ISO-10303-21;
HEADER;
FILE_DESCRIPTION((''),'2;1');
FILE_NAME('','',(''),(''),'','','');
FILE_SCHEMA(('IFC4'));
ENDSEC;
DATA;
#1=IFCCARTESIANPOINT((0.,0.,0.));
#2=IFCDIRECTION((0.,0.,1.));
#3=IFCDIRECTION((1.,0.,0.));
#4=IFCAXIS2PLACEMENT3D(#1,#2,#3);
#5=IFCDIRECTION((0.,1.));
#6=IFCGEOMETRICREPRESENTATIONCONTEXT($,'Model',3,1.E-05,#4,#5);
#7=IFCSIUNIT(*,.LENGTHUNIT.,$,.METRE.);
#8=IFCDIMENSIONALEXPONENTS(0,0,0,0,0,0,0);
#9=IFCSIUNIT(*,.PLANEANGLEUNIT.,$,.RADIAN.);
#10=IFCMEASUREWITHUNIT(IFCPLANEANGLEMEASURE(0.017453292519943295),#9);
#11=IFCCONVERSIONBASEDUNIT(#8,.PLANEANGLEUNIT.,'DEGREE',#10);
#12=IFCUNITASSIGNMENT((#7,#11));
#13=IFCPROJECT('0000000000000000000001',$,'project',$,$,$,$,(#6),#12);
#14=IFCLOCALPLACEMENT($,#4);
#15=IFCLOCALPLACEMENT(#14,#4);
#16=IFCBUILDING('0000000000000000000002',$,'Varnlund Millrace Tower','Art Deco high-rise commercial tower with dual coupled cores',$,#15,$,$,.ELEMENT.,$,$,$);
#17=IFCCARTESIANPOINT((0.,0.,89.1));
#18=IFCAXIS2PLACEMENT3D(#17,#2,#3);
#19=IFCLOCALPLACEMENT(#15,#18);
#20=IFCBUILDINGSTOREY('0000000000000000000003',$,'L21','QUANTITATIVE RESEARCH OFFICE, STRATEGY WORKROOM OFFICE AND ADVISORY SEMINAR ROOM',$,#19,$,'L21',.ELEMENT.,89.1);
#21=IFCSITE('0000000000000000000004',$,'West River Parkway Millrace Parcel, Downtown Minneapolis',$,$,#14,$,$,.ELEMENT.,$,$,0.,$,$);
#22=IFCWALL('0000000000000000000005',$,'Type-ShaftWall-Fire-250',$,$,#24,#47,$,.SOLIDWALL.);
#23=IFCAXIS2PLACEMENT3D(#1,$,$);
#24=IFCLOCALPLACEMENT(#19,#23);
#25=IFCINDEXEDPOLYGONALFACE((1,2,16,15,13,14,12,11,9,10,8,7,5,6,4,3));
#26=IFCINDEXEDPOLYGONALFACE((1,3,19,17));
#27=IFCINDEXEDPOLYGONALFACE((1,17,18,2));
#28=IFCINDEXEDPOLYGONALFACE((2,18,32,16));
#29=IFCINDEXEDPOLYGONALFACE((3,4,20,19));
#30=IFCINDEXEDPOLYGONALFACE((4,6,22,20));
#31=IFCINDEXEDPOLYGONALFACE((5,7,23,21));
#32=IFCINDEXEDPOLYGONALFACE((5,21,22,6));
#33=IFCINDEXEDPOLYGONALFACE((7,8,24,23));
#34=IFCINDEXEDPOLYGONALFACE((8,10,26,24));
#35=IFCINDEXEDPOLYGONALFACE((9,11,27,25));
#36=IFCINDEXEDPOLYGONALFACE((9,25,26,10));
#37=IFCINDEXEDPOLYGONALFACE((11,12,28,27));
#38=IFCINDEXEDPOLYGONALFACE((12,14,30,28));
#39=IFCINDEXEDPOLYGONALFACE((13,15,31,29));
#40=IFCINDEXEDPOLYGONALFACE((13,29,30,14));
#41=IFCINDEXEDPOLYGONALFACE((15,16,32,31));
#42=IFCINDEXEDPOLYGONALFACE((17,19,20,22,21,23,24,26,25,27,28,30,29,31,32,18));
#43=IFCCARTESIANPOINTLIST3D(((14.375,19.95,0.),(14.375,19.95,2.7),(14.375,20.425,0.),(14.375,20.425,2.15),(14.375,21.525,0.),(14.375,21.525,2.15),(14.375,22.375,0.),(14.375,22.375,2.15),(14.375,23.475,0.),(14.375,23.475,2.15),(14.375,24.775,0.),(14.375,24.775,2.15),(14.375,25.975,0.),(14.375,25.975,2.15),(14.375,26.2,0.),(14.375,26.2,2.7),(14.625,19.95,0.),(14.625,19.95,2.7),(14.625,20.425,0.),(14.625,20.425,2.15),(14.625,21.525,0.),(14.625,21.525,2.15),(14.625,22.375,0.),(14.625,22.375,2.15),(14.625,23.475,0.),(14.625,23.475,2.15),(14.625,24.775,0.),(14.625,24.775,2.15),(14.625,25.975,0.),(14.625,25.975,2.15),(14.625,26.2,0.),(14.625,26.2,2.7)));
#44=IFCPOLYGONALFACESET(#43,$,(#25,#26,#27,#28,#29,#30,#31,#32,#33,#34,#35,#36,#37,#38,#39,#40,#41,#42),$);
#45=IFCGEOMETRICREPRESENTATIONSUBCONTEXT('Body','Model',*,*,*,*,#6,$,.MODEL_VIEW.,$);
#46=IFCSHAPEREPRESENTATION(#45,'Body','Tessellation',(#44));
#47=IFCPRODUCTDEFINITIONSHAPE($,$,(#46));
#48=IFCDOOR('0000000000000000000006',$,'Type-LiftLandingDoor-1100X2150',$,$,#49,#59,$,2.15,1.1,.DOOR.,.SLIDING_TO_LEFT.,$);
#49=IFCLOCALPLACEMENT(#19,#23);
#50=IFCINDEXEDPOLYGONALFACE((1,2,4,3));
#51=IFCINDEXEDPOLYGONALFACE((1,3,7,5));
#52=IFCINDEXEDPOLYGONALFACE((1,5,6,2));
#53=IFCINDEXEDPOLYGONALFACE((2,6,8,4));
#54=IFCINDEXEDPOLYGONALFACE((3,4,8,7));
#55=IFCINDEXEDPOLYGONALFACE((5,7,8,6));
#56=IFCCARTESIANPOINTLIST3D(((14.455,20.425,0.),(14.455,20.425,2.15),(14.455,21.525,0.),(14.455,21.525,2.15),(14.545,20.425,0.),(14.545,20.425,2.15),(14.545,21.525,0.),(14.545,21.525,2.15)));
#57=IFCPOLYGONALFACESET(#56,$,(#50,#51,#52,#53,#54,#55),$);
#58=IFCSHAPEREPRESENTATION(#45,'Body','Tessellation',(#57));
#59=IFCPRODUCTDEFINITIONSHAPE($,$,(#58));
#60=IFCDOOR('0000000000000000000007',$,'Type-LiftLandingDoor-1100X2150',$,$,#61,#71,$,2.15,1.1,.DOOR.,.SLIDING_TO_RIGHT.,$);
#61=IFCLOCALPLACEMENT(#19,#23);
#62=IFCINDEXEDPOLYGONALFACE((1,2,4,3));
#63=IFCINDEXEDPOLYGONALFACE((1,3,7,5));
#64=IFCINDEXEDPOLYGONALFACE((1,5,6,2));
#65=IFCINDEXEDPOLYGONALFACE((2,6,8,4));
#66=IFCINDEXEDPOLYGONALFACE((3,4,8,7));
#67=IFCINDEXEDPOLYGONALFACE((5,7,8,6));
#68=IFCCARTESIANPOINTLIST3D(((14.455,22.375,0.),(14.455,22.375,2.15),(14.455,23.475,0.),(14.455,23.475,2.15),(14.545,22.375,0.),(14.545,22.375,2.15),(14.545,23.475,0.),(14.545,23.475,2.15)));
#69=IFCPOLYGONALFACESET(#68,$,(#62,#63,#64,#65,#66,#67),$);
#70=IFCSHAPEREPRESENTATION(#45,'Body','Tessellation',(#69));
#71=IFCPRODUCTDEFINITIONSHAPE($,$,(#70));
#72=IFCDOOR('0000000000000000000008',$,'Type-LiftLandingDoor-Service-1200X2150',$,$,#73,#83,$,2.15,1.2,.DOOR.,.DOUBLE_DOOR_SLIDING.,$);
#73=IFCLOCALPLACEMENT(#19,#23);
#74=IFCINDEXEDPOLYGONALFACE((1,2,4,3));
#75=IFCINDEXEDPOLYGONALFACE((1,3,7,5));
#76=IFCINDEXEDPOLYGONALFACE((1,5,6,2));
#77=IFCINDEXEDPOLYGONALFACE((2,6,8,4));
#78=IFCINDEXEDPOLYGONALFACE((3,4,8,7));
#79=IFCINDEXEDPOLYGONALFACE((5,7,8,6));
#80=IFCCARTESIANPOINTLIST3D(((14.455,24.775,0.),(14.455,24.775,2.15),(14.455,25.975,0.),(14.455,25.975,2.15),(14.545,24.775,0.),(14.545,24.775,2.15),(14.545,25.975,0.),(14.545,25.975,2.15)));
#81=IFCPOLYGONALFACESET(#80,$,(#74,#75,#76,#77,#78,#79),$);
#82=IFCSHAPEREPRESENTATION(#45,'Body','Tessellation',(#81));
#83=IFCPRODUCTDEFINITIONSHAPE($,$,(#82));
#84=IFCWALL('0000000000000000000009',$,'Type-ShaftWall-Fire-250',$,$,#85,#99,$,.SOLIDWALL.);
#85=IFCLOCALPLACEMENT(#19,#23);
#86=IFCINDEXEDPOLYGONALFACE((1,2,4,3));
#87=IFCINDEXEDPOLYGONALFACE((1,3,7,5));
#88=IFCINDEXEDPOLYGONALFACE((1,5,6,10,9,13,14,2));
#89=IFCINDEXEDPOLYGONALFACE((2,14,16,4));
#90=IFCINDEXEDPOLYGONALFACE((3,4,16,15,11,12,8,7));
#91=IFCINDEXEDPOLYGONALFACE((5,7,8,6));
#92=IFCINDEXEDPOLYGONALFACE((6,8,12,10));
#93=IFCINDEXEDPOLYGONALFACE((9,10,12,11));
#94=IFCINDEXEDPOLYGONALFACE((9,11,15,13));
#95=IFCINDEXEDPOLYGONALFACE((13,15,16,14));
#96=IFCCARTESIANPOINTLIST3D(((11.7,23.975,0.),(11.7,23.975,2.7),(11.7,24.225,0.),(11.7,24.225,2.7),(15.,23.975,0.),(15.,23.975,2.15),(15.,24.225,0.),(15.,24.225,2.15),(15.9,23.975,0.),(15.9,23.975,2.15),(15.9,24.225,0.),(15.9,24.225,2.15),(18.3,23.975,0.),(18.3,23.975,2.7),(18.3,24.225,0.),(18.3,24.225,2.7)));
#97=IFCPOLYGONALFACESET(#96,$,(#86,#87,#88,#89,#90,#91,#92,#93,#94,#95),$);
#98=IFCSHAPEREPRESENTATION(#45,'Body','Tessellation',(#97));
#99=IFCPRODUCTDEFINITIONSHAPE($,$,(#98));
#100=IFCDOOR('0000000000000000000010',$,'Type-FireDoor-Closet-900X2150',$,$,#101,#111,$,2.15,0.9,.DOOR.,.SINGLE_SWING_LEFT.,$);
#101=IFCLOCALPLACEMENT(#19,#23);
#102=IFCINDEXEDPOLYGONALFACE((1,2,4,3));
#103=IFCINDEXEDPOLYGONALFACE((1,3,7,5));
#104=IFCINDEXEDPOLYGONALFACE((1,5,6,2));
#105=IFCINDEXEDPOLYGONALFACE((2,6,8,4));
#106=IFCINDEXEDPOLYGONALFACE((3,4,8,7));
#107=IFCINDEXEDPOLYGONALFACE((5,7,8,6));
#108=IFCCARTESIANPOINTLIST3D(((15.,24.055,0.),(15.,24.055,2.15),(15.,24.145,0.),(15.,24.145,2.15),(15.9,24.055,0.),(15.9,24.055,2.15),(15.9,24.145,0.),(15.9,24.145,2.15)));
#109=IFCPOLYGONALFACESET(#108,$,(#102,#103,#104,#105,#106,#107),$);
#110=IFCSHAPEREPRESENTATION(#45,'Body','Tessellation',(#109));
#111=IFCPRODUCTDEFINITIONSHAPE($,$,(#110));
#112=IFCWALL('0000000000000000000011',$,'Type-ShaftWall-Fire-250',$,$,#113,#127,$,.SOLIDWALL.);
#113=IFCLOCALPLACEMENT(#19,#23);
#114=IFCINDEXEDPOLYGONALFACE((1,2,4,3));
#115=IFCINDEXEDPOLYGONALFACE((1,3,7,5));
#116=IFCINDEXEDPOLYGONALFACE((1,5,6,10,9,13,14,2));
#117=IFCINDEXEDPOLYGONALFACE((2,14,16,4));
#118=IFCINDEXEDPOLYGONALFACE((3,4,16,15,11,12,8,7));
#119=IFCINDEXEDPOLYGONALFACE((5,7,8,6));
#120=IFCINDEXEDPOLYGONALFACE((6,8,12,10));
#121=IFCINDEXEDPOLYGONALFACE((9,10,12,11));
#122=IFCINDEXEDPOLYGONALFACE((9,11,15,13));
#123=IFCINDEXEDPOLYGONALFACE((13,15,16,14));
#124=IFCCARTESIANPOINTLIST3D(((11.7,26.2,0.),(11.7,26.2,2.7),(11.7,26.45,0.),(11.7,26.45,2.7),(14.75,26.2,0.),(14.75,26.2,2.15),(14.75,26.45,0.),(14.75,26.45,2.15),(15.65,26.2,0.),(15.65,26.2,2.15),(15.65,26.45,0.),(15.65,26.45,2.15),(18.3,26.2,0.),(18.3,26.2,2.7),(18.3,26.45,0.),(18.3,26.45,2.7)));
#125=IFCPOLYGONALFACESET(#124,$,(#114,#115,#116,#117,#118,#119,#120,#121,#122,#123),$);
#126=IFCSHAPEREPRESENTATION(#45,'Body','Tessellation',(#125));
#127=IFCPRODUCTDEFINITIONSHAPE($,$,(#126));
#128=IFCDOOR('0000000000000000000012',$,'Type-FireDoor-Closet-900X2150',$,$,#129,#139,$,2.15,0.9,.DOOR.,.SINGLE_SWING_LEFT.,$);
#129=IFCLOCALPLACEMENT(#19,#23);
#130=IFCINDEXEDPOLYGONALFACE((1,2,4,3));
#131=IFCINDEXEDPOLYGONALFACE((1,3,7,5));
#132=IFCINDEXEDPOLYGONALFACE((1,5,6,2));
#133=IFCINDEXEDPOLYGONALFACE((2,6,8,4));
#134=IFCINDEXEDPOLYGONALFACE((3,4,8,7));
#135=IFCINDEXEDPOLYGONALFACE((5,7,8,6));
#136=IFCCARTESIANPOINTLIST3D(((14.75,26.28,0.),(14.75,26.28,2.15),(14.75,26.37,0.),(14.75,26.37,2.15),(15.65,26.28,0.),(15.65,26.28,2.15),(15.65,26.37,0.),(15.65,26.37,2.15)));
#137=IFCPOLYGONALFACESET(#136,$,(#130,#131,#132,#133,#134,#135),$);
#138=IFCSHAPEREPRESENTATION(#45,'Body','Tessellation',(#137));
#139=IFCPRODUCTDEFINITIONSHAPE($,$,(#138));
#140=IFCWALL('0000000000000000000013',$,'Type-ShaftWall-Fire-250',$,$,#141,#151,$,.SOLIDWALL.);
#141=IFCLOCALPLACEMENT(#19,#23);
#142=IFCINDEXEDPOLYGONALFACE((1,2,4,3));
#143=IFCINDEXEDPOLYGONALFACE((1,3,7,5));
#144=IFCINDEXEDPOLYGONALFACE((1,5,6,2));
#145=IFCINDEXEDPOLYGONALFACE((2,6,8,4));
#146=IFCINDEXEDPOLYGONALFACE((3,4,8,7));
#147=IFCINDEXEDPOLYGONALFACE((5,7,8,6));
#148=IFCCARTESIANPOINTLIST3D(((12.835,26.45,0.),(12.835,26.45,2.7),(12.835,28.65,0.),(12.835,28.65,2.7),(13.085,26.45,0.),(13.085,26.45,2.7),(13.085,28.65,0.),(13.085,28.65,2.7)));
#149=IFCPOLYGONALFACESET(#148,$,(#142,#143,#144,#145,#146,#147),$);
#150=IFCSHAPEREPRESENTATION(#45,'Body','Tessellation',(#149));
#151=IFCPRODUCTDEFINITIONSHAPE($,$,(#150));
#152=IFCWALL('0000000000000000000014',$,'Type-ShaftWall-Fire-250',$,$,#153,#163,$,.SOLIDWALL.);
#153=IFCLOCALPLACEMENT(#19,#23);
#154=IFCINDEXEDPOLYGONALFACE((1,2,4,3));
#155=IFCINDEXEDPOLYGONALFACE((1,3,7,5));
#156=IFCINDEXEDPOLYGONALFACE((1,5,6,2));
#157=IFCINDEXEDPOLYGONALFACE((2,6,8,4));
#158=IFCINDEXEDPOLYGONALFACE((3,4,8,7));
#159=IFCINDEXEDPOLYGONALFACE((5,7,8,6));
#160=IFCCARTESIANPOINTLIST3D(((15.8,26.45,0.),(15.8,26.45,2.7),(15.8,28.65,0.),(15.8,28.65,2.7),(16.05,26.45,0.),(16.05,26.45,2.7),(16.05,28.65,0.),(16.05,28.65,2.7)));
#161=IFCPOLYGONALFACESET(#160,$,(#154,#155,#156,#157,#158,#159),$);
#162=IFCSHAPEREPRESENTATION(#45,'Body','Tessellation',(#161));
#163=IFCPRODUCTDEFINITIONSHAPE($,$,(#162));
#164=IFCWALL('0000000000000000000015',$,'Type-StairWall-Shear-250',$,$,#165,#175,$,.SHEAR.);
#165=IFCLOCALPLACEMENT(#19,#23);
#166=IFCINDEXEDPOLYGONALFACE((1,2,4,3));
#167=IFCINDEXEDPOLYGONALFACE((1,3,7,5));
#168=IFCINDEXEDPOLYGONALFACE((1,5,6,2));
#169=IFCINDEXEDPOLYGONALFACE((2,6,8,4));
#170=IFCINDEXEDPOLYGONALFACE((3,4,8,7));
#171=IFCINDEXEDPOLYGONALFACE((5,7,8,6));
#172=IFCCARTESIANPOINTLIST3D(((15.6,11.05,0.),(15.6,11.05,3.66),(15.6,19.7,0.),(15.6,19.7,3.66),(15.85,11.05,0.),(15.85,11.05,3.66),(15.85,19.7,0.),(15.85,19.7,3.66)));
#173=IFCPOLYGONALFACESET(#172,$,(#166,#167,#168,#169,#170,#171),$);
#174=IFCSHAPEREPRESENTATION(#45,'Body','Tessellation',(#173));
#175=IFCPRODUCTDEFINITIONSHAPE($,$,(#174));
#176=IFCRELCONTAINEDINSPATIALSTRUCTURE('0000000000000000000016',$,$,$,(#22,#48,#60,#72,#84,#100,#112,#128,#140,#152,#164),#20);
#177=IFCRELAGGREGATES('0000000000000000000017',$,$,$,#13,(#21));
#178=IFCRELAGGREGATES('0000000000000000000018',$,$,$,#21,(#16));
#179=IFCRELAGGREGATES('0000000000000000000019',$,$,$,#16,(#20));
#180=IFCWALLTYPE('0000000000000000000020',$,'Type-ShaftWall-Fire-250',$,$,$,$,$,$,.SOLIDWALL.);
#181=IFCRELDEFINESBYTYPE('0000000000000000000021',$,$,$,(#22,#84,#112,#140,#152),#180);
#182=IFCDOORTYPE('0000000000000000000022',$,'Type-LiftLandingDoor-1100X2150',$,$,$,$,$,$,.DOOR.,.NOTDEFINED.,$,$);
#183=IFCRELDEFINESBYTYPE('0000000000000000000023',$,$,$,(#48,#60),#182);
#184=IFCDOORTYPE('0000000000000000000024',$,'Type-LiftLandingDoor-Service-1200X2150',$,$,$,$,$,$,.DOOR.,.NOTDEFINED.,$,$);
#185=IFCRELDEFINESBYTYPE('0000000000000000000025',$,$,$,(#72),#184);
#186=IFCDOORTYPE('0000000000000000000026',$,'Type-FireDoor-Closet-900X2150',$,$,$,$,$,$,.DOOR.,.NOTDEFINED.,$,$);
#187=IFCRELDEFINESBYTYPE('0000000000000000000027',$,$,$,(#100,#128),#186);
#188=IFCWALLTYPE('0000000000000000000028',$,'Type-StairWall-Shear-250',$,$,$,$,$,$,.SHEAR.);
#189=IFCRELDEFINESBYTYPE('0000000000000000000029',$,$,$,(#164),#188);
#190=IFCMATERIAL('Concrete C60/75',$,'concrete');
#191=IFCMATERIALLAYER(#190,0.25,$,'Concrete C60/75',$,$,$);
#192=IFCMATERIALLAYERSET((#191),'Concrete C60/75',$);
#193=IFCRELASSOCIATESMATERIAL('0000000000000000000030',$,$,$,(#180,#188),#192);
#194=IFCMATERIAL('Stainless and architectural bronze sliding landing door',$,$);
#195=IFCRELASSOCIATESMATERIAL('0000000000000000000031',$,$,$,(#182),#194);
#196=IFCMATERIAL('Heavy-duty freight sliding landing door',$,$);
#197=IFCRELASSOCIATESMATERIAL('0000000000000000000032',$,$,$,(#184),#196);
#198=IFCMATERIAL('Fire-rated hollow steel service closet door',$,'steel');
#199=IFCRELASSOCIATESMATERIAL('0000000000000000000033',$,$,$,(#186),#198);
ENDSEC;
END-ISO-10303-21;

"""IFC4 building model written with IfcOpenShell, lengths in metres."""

from ifc_helpers import new_model, entity, si_unit, converted_unit, direction, frame, origin_with_axes, origin_2d_with_axis, place, context, subcontext, project, spatial, polyline, rectangle, outline, extrude, material, layer, layer_set, type_object, element, fill, save


model = new_model("IFC4")

# Units and contexts
model_context = context("Model", 3, precision=1e-05, world=origin_with_axes(), true_north=direction((0.0, 1.0)))
body_context = subcontext(model_context, "Body", "Model", "MODEL_VIEW")
ifc_project = project(units=[si_unit("LENGTHUNIT", "METRE"), converted_unit("PLANEANGLEUNIT", "DEGREE", entity("IfcPlaneAngleMeasure", 0.017453292519943295), si_unit("PLANEANGLEUNIT", "RADIAN"), dimensions=[0, 0, 0, 0, 0, 0, 0])], contexts=[model_context])

# Site, building, storey
site_placement = place(None, origin_with_axes())
site = spatial("IfcSite", under=ifc_project, at=site_placement, Name="West River Parkway Millrace Parcel, Downtown Minneapolis", CompositionType="ELEMENT", RefElevation=0.0)
building_placement = place(site_placement, origin_with_axes())
building = spatial("IfcBuilding", under=site, at=building_placement, Name="Varnlund Millrace Tower", Description="Art Deco high-rise commercial tower with dual coupled cores", CompositionType="ELEMENT")
storey_placement = place(building_placement, frame((0.0, 0.0, 89.1), z_axis=(0.0, 0.0, 1.0), x_axis=(1.0, 0.0, 0.0)))
storey = spatial("IfcBuildingStorey", under=building, at=storey_placement, Name="L21", Description="QUANTITATIVE RESEARCH OFFICE, STRATEGY WORKROOM OFFICE AND ADVISORY SEMINAR ROOM", LongName="L21", CompositionType="ELEMENT", Elevation=89.1)

# Wall, openings, doors
ifc_material_1 = material(Name="Concrete C60/75", Category="concrete")
ifc_layer_1 = layer(ifc_material_1, 0.25, Name="Concrete C60/75")
ifc_layer_set_1 = layer_set([ifc_layer_1], Name="Concrete C60/75")
wall_type_1 = type_object("IfcWallType", Name="Type-ShaftWall-Fire-250", PredefinedType="SOLIDWALL", material=ifc_layer_set_1)
wall_1_placement = place(storey_placement, frame((14.5, 19.95, 0.0), z_axis=(0.0, 0.0, 1.0), x_axis=(0.0, 1.0, 0.0)))
wall_1 = element("IfcWall", 1, at=wall_1_placement, inside=storey, type_object=wall_type_1, Name="Type-ShaftWall-Fire-250", PredefinedType="SOLIDWALL", context=body_context, shape_type="SweptSolid", body=[
    extrude(outline(polyline([(0.0, -0.125), (6.25, -0.125), (6.25, 0.125), (0.0, 0.125), (0.0, -0.125)])), origin_with_axes(), (0.0, 0.0, 1.0), 2.7),
])
opening_1_placement = place(wall_1_placement, frame((1.025, 0.0, 0.0), z_axis=(0.0, 0.0, 1.0), x_axis=(1.0, 0.0, 0.0)))
opening_1 = element("IfcOpeningElement", 2, at=opening_1_placement, cuts=wall_1, PredefinedType="OPENING", context=body_context, shape_type="SweptSolid", body=[
    extrude(rectangle(XDim=1.1, YDim=0.27, at=origin_2d_with_axis()), origin_with_axes(), (0.0, 0.0, 1.0), 2.15),
])
opening_2_placement = place(wall_1_placement, frame((2.975, 0.0, 0.0), z_axis=(0.0, 0.0, 1.0), x_axis=(1.0, 0.0, 0.0)))
opening_2 = element("IfcOpeningElement", 3, at=opening_2_placement, cuts=wall_1, PredefinedType="OPENING", context=body_context, shape_type="SweptSolid", body=[
    extrude(rectangle(XDim=1.1, YDim=0.27, at=origin_2d_with_axis()), origin_with_axes(), (0.0, 0.0, 1.0), 2.15),
])
opening_3_placement = place(wall_1_placement, frame((5.425, 0.0, 0.0), z_axis=(0.0, 0.0, 1.0), x_axis=(1.0, 0.0, 0.0)))
opening_3 = element("IfcOpeningElement", 4, at=opening_3_placement, cuts=wall_1, PredefinedType="OPENING", context=body_context, shape_type="SweptSolid", body=[
    extrude(rectangle(XDim=1.2, YDim=0.27, at=origin_2d_with_axis()), origin_with_axes(), (0.0, 0.0, 1.0), 2.15),
])
ifc_material_2 = material(Name="Stainless and architectural bronze sliding landing door")
door_type_1 = type_object("IfcDoorType", Name="Type-LiftLandingDoor-1100X2150", OperationType="NOTDEFINED", PredefinedType="DOOR", material=ifc_material_2)
door_1_placement = place(wall_1_placement, frame((1.025, 0.0, 0.0), z_axis=(0.0, 0.0, 1.0), x_axis=(1.0, 0.0, 0.0)))
door_1 = element("IfcDoor", 5, at=door_1_placement, inside=storey, type_object=door_type_1, Name="Type-LiftLandingDoor-1100X2150", OperationType="SLIDING_TO_LEFT", OverallHeight=2.15, OverallWidth=1.1, PredefinedType="DOOR", context=body_context, shape_type="SweptSolid", body=[
    extrude(rectangle(XDim=1.1, YDim=0.09, at=origin_2d_with_axis()), origin_with_axes(), (0.0, 0.0, 1.0), 2.15),
])
fill(opening_1, door_1)
door_2_placement = place(wall_1_placement, frame((2.975, 0.0, 0.0), z_axis=(0.0, 0.0, 1.0), x_axis=(1.0, 0.0, 0.0)))
door_2 = element("IfcDoor", 6, at=door_2_placement, inside=storey, type_object=door_type_1, Name="Type-LiftLandingDoor-1100X2150", OperationType="SLIDING_TO_RIGHT", OverallHeight=2.15, OverallWidth=1.1, PredefinedType="DOOR", context=body_context, shape_type="SweptSolid", body=[
    extrude(rectangle(XDim=1.1, YDim=0.09, at=origin_2d_with_axis()), origin_with_axes(), (0.0, 0.0, 1.0), 2.15),
])
fill(opening_2, door_2)
ifc_material_3 = material(Name="Heavy-duty freight sliding landing door")
door_type_2 = type_object("IfcDoorType", Name="Type-LiftLandingDoor-Service-1200X2150", OperationType="NOTDEFINED", PredefinedType="DOOR", material=ifc_material_3)
door_3_placement = place(wall_1_placement, frame((5.425, 0.0, 0.0), z_axis=(0.0, 0.0, 1.0), x_axis=(1.0, 0.0, 0.0)))
door_3 = element("IfcDoor", 7, at=door_3_placement, inside=storey, type_object=door_type_2, Name="Type-LiftLandingDoor-Service-1200X2150", OperationType="DOUBLE_DOOR_SLIDING", OverallHeight=2.15, OverallWidth=1.2, PredefinedType="DOOR", context=body_context, shape_type="SweptSolid", body=[
    extrude(rectangle(XDim=1.2, YDim=0.09, at=origin_2d_with_axis()), origin_with_axes(), (0.0, 0.0, 1.0), 2.15),
])
fill(opening_3, door_3)

# Walls, openings, doors
wall_2_placement = place(storey_placement, frame((11.7, 24.1, 0.0), z_axis=(0.0, 0.0, 1.0), x_axis=(1.0, 0.0, 0.0)))
wall_2 = element("IfcWall", 8, at=wall_2_placement, inside=storey, type_object=wall_type_1, Name="Type-ShaftWall-Fire-250", PredefinedType="SOLIDWALL", context=body_context, shape_type="SweptSolid", body=[
    extrude(outline(polyline([(0.0, -0.125), (6.6, -0.125), (6.6, 0.125), (0.0, 0.125), (0.0, -0.125)])), origin_with_axes(), (0.0, 0.0, 1.0), 2.7),
])
opening_4_placement = place(wall_2_placement, frame((3.75, 0.0, 0.0), z_axis=(0.0, 0.0, 1.0), x_axis=(1.0, 0.0, 0.0)))
opening_4 = element("IfcOpeningElement", 9, at=opening_4_placement, cuts=wall_2, PredefinedType="OPENING", context=body_context, shape_type="SweptSolid", body=[
    extrude(rectangle(XDim=0.9, YDim=0.27, at=origin_2d_with_axis()), origin_with_axes(), (0.0, 0.0, 1.0), 2.15),
])
ifc_material_4 = material(Name="Fire-rated hollow steel service closet door", Category="steel")
door_type_3 = type_object("IfcDoorType", Name="Type-FireDoor-Closet-900X2150", OperationType="NOTDEFINED", PredefinedType="DOOR", material=ifc_material_4)
door_4_placement = place(wall_2_placement, frame((3.75, 0.0, 0.0), z_axis=(0.0, 0.0, 1.0), x_axis=(1.0, 0.0, 0.0)))
door_4 = element("IfcDoor", 10, at=door_4_placement, inside=storey, type_object=door_type_3, Name="Type-FireDoor-Closet-900X2150", OperationType="SINGLE_SWING_LEFT", OverallHeight=2.15, OverallWidth=0.9, PredefinedType="DOOR", context=body_context, shape_type="SweptSolid", body=[
    extrude(rectangle(XDim=0.9, YDim=0.09, at=origin_2d_with_axis()), origin_with_axes(), (0.0, 0.0, 1.0), 2.15),
])
fill(opening_4, door_4)
wall_3_placement = place(storey_placement, frame((11.7, 26.325, 0.0), z_axis=(0.0, 0.0, 1.0), x_axis=(1.0, 0.0, 0.0)))
wall_3 = element("IfcWall", 11, at=wall_3_placement, inside=storey, type_object=wall_type_1, Name="Type-ShaftWall-Fire-250", PredefinedType="SOLIDWALL", context=body_context, shape_type="SweptSolid", body=[
    extrude(outline(polyline([(0.0, -0.125), (6.6, -0.125), (6.6, 0.125), (0.0, 0.125), (0.0, -0.125)])), origin_with_axes(), (0.0, 0.0, 1.0), 2.7),
])
opening_5_placement = place(wall_3_placement, frame((3.5, 0.0, 0.0), z_axis=(0.0, 0.0, 1.0), x_axis=(1.0, 0.0, 0.0)))
opening_5 = element("IfcOpeningElement", 12, at=opening_5_placement, cuts=wall_3, PredefinedType="OPENING", context=body_context, shape_type="SweptSolid", body=[
    extrude(rectangle(XDim=0.9, YDim=0.27, at=origin_2d_with_axis()), origin_with_axes(), (0.0, 0.0, 1.0), 2.15),
])
door_5_placement = place(wall_3_placement, frame((3.5, 0.0, 0.0), z_axis=(0.0, 0.0, 1.0), x_axis=(1.0, 0.0, 0.0)))
door_5 = element("IfcDoor", 13, at=door_5_placement, inside=storey, type_object=door_type_3, Name="Type-FireDoor-Closet-900X2150", OperationType="SINGLE_SWING_LEFT", OverallHeight=2.15, OverallWidth=0.9, PredefinedType="DOOR", context=body_context, shape_type="SweptSolid", body=[
    extrude(rectangle(XDim=0.9, YDim=0.09, at=origin_2d_with_axis()), origin_with_axes(), (0.0, 0.0, 1.0), 2.15),
])
fill(opening_5, door_5)

# Walls
for number, where, z_axis, x_axis, name in (
    (14, (12.96, 26.45, 0.0), (0.0, 0.0, 1.0), (0.0, 1.0, 0.0), "Type-ShaftWall-Fire-250"),
    (15, (15.925, 26.45, 0.0), (0.0, 0.0, 1.0), (0.0, 1.0, 0.0), "Type-ShaftWall-Fire-250"),
):
    element("IfcWall", number, at=place(storey_placement, frame(where, z_axis=z_axis, x_axis=x_axis)), inside=storey, type_object=wall_type_1, Name=name, PredefinedType="SOLIDWALL", context=body_context, shape_type="SweptSolid", body=[
        extrude(outline(polyline([(0.0, -0.125), (2.2, -0.125), (2.2, 0.125), (0.0, 0.125), (0.0, -0.125)])), origin_with_axes(), (0.0, 0.0, 1.0), 2.7),
    ])
wall_type_2 = type_object("IfcWallType", Name="Type-StairWall-Shear-250", PredefinedType="SHEAR", material=ifc_layer_set_1)
wall_4_placement = place(storey_placement, frame((15.725, 11.05, 0.0), z_axis=(0.0, 0.0, 1.0), x_axis=(0.0, 1.0, 0.0)))
element("IfcWall", 16, at=wall_4_placement, inside=storey, type_object=wall_type_2, Name="Type-StairWall-Shear-250", PredefinedType="SHEAR", context=body_context, shape_type="SweptSolid", body=[
    extrude(outline(polyline([(0.0, -0.125), (8.65, -0.125), (8.65, 0.125), (0.0, 0.125), (0.0, -0.125)])), origin_with_axes(), (0.0, 0.0, 1.0), 3.66),
])

save(model, "model.ifc")
